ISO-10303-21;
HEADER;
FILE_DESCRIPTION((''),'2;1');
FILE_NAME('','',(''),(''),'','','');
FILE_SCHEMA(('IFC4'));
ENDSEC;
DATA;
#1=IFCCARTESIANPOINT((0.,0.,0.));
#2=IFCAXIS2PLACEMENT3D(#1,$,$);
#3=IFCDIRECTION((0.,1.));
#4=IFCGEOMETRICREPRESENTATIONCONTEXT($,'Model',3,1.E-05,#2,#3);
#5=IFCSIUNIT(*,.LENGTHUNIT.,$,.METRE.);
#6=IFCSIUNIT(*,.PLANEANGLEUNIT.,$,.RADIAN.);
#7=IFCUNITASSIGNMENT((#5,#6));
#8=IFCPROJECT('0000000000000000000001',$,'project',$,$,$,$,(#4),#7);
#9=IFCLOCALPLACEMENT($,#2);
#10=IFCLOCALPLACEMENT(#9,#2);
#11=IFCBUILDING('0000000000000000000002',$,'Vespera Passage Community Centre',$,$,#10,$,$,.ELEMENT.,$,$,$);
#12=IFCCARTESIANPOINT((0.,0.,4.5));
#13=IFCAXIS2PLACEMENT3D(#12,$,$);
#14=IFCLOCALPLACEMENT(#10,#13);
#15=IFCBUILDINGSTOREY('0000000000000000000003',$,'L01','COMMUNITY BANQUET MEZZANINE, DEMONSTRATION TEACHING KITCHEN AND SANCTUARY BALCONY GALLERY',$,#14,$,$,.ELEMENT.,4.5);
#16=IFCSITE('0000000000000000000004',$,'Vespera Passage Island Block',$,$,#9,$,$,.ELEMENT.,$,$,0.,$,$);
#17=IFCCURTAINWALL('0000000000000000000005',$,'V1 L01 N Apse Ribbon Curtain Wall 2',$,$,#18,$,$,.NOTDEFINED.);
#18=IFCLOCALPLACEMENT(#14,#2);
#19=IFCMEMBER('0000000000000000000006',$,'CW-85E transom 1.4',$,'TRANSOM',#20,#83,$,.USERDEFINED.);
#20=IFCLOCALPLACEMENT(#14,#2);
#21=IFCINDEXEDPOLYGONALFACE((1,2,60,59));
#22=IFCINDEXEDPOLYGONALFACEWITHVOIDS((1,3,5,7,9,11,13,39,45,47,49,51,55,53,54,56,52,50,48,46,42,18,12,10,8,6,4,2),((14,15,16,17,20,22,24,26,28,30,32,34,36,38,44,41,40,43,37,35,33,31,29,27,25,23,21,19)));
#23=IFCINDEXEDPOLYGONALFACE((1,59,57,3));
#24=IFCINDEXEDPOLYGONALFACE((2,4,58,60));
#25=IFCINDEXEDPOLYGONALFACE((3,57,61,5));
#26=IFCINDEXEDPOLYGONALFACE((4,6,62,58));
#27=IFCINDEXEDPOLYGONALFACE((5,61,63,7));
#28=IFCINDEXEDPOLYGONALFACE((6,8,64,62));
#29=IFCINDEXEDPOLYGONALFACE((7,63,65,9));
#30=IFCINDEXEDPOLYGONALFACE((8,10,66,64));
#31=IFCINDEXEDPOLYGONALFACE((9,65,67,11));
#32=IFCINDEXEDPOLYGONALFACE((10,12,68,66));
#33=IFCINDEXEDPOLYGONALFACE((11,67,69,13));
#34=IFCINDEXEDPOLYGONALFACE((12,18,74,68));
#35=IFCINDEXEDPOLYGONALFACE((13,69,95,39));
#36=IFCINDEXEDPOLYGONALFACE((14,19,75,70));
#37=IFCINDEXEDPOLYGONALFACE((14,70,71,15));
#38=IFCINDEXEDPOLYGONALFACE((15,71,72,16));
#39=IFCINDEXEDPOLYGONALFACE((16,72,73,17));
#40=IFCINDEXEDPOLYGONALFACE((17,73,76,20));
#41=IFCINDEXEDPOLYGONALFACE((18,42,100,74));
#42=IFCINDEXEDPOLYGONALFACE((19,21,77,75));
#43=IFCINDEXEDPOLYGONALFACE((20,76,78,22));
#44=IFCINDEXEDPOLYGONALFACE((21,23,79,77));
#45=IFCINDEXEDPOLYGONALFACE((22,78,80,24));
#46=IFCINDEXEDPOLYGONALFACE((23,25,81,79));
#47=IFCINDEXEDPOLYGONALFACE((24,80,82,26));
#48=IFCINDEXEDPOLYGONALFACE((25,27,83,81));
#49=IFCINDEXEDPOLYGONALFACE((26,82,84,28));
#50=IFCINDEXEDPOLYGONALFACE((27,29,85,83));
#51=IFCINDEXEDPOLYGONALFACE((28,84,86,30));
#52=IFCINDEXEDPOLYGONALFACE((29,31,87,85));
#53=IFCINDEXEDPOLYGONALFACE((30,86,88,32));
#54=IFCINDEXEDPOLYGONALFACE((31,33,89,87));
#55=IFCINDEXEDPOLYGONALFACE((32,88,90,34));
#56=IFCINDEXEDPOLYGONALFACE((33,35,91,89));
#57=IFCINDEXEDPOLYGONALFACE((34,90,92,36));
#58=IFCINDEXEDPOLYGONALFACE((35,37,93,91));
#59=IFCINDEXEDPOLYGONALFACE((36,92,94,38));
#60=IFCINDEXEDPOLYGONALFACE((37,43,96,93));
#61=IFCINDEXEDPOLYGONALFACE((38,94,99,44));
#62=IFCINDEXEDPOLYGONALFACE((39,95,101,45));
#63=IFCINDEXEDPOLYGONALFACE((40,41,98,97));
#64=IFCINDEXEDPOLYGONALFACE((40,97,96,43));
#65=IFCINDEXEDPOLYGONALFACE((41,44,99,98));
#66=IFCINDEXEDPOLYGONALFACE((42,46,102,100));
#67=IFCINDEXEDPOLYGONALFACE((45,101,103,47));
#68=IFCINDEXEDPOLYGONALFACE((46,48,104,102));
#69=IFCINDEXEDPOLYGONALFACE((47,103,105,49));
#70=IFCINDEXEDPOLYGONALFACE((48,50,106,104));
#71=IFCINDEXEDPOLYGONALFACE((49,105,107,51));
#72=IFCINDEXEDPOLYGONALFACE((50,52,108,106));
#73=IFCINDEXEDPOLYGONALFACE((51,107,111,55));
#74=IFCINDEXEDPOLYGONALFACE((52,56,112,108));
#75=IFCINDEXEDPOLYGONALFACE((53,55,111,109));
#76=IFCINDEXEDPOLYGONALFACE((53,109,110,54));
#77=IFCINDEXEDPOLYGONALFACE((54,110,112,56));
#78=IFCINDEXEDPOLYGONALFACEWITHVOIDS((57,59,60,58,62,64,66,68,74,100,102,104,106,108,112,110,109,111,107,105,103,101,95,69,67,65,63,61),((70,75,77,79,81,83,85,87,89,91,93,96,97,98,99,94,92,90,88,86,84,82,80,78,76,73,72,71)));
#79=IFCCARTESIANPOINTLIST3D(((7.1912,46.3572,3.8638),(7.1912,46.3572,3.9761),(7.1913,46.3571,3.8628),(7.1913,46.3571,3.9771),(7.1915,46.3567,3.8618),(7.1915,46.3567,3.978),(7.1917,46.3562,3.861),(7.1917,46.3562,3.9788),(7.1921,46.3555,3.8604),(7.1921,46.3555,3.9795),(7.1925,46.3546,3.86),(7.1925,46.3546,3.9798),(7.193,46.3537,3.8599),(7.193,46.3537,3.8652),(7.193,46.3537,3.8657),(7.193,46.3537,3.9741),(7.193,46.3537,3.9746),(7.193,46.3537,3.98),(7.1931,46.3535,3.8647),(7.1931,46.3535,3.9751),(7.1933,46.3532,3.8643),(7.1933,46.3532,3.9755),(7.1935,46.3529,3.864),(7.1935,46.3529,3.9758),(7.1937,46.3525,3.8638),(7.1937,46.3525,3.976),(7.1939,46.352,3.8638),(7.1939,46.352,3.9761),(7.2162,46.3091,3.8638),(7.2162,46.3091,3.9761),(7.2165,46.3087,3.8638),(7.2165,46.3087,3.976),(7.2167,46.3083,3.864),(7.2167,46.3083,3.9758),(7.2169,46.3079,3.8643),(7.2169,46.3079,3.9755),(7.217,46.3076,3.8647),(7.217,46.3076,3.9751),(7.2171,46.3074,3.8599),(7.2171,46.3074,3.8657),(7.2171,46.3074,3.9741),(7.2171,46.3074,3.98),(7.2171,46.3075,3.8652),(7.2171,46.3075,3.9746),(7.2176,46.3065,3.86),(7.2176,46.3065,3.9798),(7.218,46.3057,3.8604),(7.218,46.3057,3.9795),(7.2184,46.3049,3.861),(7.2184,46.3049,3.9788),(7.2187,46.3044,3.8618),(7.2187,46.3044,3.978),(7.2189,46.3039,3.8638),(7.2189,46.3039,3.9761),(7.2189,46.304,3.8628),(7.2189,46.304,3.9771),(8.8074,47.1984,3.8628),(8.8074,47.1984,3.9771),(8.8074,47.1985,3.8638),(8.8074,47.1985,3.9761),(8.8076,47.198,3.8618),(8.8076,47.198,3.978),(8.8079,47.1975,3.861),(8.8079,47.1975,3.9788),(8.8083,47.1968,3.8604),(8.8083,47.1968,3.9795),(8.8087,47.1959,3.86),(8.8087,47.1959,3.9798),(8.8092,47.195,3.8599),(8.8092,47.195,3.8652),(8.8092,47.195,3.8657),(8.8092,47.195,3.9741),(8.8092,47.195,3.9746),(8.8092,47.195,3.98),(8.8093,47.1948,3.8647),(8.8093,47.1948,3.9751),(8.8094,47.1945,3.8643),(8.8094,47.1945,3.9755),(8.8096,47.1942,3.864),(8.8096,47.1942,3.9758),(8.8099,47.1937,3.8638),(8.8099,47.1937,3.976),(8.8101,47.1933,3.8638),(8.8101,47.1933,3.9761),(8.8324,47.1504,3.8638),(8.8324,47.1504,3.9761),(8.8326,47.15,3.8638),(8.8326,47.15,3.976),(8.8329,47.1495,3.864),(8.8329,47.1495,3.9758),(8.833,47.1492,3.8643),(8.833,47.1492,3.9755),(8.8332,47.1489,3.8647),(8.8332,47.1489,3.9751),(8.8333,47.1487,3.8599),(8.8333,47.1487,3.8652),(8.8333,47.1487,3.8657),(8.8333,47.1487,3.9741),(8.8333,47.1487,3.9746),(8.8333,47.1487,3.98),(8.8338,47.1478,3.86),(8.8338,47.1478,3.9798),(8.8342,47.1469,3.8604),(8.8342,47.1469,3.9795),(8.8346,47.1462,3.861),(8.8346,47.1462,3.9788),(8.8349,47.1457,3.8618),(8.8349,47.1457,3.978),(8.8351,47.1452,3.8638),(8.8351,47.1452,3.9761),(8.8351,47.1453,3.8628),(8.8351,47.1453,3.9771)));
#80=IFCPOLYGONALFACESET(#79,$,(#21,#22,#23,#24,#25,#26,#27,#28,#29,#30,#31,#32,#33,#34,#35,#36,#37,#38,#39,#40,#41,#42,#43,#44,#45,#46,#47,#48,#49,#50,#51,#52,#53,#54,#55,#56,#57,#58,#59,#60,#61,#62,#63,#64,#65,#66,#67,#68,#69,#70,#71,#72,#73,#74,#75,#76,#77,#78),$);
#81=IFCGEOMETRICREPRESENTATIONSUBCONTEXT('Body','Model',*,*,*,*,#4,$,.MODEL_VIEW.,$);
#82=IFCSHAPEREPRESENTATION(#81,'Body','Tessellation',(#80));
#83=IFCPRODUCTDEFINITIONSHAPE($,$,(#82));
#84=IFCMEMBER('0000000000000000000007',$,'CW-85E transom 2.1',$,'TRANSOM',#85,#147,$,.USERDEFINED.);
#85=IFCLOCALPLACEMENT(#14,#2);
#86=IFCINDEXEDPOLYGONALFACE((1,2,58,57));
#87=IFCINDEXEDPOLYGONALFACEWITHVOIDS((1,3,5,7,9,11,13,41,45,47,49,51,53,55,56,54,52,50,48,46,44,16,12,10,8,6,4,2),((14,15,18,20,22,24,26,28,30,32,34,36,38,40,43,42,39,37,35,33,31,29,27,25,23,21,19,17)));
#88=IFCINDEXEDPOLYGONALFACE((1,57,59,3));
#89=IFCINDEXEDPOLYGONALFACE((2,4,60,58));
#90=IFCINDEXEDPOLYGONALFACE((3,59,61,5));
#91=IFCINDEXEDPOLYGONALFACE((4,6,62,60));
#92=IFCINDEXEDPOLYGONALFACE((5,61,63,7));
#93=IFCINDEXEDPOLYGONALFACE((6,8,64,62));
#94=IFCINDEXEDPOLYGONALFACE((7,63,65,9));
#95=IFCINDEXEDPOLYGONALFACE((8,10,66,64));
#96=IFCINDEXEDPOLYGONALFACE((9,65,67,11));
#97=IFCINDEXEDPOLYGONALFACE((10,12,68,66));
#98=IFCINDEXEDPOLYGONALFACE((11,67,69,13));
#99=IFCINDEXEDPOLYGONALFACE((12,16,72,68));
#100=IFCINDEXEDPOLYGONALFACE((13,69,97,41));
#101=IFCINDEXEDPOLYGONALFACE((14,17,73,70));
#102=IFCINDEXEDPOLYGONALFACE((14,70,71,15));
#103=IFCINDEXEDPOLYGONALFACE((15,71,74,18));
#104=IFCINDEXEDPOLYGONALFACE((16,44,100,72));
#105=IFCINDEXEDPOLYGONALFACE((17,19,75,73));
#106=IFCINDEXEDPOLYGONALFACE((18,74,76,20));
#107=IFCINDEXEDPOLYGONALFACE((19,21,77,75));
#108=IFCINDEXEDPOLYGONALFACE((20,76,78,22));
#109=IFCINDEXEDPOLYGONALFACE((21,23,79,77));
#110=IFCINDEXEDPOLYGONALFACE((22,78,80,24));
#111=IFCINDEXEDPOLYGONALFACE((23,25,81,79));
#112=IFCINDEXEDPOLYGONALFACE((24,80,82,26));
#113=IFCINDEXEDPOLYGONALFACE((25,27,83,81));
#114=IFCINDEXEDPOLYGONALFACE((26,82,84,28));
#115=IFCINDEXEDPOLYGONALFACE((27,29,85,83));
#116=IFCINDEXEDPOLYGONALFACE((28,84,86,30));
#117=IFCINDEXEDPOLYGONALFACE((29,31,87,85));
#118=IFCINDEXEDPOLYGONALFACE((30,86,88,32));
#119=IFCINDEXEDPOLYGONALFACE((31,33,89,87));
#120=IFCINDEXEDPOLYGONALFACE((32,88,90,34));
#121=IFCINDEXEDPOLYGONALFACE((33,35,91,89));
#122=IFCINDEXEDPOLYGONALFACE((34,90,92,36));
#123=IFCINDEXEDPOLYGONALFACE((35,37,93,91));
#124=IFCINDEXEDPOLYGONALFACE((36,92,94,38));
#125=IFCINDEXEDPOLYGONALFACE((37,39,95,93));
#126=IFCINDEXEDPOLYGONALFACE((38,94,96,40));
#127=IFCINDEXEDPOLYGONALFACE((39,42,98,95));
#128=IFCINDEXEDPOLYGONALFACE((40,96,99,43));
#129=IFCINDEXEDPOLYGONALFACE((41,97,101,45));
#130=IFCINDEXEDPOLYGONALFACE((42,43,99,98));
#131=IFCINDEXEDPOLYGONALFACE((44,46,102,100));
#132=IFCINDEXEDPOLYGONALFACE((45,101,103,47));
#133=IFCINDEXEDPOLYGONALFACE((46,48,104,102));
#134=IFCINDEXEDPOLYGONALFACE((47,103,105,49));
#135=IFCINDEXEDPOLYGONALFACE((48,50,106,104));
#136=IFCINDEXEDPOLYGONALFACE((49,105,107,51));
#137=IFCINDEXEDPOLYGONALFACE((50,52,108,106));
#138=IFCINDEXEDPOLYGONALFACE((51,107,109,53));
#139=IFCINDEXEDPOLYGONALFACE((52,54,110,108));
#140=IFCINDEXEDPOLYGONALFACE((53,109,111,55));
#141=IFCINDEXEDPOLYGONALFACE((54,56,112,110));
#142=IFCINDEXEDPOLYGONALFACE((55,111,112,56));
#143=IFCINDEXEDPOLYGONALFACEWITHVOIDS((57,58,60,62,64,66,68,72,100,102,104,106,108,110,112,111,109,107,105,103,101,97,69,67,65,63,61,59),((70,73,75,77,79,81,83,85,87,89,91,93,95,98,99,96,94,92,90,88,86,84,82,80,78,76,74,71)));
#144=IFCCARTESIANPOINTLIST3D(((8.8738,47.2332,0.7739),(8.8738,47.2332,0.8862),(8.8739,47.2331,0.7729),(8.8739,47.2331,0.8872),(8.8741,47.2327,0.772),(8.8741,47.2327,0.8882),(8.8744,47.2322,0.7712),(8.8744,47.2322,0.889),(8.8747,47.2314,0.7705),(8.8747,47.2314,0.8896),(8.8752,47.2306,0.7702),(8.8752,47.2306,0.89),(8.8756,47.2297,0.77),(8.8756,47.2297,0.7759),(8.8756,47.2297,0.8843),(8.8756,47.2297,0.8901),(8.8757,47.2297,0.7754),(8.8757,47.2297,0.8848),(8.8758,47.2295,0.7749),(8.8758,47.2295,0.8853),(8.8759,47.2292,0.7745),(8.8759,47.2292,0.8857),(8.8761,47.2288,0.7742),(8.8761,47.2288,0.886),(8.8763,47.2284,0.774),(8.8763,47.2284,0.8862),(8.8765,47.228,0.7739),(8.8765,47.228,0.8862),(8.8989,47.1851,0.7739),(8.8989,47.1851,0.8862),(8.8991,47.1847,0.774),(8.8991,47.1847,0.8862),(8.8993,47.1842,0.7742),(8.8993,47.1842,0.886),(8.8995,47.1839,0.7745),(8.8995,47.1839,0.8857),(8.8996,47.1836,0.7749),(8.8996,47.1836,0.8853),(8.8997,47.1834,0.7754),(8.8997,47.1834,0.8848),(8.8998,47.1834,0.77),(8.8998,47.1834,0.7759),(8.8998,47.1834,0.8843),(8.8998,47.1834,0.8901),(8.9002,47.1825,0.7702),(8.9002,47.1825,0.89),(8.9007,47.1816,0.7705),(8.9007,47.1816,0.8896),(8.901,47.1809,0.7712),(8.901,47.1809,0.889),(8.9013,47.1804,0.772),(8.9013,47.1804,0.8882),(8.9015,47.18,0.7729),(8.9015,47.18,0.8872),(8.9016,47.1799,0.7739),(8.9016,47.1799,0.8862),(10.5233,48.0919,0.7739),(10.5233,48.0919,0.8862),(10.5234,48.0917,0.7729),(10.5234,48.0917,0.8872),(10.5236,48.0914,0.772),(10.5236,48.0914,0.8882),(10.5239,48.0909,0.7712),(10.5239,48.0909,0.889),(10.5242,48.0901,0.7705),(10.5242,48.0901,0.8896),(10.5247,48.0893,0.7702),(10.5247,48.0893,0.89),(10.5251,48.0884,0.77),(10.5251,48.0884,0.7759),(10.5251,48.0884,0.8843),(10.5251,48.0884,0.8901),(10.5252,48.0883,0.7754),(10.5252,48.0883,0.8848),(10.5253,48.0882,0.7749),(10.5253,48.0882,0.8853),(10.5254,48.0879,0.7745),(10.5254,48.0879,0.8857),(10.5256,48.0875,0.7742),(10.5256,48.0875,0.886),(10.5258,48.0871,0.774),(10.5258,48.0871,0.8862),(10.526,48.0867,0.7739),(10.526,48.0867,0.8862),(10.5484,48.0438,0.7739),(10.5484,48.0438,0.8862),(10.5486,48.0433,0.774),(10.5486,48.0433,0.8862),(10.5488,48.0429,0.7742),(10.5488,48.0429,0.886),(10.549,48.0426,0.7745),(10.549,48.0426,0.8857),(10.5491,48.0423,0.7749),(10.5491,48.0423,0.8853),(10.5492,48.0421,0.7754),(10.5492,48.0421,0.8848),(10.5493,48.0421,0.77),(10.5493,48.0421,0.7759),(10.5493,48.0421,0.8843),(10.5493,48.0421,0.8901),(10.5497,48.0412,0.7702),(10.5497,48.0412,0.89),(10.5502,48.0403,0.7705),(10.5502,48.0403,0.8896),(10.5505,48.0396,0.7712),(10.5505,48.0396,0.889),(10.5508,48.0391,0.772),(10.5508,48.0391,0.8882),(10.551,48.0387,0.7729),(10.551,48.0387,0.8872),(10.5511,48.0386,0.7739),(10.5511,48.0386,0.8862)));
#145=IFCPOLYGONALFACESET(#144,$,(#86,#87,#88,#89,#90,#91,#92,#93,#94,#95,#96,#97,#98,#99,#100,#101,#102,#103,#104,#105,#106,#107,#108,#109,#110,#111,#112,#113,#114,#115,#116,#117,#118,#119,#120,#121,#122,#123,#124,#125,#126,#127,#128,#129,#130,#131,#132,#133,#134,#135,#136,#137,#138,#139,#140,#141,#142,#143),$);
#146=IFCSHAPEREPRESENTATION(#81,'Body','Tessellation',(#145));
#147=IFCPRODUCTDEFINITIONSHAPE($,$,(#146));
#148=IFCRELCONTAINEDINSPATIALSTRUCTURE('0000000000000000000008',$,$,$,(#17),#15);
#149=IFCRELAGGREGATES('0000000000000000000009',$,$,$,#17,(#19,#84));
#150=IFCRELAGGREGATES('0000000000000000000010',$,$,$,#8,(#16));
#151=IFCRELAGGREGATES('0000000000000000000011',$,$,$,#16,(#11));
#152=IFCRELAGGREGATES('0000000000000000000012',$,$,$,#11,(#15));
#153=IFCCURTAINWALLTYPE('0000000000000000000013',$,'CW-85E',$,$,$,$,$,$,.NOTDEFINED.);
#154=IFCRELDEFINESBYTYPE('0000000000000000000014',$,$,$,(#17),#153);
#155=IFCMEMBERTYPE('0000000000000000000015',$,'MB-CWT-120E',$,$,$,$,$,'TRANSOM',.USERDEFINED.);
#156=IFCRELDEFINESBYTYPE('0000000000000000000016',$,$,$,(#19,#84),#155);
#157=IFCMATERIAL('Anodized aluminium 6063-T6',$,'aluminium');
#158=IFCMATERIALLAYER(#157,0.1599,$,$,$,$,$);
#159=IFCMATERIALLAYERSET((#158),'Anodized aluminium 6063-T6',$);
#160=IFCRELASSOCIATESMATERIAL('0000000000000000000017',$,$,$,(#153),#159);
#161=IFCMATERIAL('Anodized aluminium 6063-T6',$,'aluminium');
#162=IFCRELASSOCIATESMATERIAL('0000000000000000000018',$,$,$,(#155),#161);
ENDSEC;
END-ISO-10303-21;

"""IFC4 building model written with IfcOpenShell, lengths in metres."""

from ifc_helpers import new_model, si_unit, direction, frame, origin, origin_2d, place, context, subcontext, project, spatial, hollow_rectangle, extrude, material, layer, layer_set, material_profile, profile_set, type_object, element, aggregate, save


model = new_model("IFC4")

# Units and contexts
model_context = context("Model", 3, precision=1e-05, world=origin(), true_north=direction((0.0, 1.0)))
body_context = subcontext(model_context, "Body", "Model", "MODEL_VIEW")
ifc_project = project(units=[si_unit("LENGTHUNIT", "METRE"), si_unit("PLANEANGLEUNIT", "RADIAN")], contexts=[model_context])

# Site, building, storey
site_placement = place(None, origin())
site = spatial("IfcSite", under=ifc_project, at=site_placement, Name="Vespera Passage Island Block", CompositionType="ELEMENT", RefElevation=0.0)
building_placement = place(site_placement, origin())
building = spatial("IfcBuilding", under=site, at=building_placement, Name="Vespera Passage Community Centre", CompositionType="ELEMENT")
storey_placement = place(building_placement, frame((0.0, 0.0, 4.5)))
storey = spatial("IfcBuildingStorey", under=building, at=storey_placement, Name="L01", Description="COMMUNITY BANQUET MEZZANINE, DEMONSTRATION TEACHING KITCHEN AND SANCTUARY BALCONY GALLERY", CompositionType="ELEMENT", Elevation=4.5)

# Curtain wall, members
ifc_material_1 = material(Name="Anodized aluminium 6063-T6", Category="aluminium")
ifc_layer_1 = layer(ifc_material_1, 0.1599)
ifc_layer_set_1 = layer_set([ifc_layer_1], Name="Anodized aluminium 6063-T6")
curtain_wall_type = type_object("IfcCurtainWallType", Name="CW-85E", PredefinedType="NOTDEFINED", material=ifc_layer_set_1)
curtain_wall_placement = place(storey_placement, origin())
curtain_wall = element("IfcCurtainWall", 1, at=curtain_wall_placement, inside=storey, type_object=curtain_wall_type, Name="V1 L01 N Apse Ribbon Curtain Wall 2", PredefinedType="NOTDEFINED")
ifc_material_2 = material(Name="Anodized aluminium 6063-T6", Category="aluminium")
ifc_material_profile_1 = material_profile(ifc_material_2, hollow_rectangle(XDim=0.0601, YDim=0.1201, WallThickness=0.0039, InnerFilletRadius=0.002, OuterFilletRadius=0.0039, at=origin_2d()), Name="ALU120X60X4")
ifc_profile_set_1 = profile_set([ifc_material_profile_1], Name="Anodized aluminium 6063-T6")
member_type_1 = type_object("IfcMemberType", Name="MB-CWT-120E", ElementType="TRANSOM", PredefinedType="USERDEFINED", material=ifc_profile_set_1)
member_1_placement = place(storey_placement, frame((7.2051, 46.3306, 3.9199), z_axis=(0.887019, 0.461732, 0.0), x_axis=(-0.461732, 0.887019, 0.0)))
member_1 = element("IfcMember", 2, at=member_1_placement, type_object=member_type_1, Name="CW-85E transom 1.4", ObjectType="TRANSOM", PredefinedType="USERDEFINED", context=body_context, shape_type="SweptSolid", body=[
    extrude(hollow_rectangle(XDim=0.0601, YDim=0.1201, WallThickness=0.0039, InnerFilletRadius=0.002, OuterFilletRadius=0.0039, at=origin_2d()), origin(), (0.0, 0.0, 1.0), 1.822),
])
member_2_placement = place(storey_placement, frame((8.8877, 47.2065, 0.8301), z_axis=(0.887008, 0.461754, 0.0), x_axis=(-0.461754, 0.887008, 0.0)))
member_2 = element("IfcMember", 3, at=member_2_placement, type_object=member_type_1, Name="CW-85E transom 2.1", ObjectType="TRANSOM", PredefinedType="USERDEFINED", context=body_context, shape_type="SweptSolid", body=[
    extrude(hollow_rectangle(XDim=0.0601, YDim=0.1201, WallThickness=0.0039, InnerFilletRadius=0.002, OuterFilletRadius=0.0039, at=origin_2d()), origin(), (0.0, 0.0, 1.0), 1.8596),
])
aggregate(curtain_wall, [member_1, member_2])

save(model, "model.ifc")
